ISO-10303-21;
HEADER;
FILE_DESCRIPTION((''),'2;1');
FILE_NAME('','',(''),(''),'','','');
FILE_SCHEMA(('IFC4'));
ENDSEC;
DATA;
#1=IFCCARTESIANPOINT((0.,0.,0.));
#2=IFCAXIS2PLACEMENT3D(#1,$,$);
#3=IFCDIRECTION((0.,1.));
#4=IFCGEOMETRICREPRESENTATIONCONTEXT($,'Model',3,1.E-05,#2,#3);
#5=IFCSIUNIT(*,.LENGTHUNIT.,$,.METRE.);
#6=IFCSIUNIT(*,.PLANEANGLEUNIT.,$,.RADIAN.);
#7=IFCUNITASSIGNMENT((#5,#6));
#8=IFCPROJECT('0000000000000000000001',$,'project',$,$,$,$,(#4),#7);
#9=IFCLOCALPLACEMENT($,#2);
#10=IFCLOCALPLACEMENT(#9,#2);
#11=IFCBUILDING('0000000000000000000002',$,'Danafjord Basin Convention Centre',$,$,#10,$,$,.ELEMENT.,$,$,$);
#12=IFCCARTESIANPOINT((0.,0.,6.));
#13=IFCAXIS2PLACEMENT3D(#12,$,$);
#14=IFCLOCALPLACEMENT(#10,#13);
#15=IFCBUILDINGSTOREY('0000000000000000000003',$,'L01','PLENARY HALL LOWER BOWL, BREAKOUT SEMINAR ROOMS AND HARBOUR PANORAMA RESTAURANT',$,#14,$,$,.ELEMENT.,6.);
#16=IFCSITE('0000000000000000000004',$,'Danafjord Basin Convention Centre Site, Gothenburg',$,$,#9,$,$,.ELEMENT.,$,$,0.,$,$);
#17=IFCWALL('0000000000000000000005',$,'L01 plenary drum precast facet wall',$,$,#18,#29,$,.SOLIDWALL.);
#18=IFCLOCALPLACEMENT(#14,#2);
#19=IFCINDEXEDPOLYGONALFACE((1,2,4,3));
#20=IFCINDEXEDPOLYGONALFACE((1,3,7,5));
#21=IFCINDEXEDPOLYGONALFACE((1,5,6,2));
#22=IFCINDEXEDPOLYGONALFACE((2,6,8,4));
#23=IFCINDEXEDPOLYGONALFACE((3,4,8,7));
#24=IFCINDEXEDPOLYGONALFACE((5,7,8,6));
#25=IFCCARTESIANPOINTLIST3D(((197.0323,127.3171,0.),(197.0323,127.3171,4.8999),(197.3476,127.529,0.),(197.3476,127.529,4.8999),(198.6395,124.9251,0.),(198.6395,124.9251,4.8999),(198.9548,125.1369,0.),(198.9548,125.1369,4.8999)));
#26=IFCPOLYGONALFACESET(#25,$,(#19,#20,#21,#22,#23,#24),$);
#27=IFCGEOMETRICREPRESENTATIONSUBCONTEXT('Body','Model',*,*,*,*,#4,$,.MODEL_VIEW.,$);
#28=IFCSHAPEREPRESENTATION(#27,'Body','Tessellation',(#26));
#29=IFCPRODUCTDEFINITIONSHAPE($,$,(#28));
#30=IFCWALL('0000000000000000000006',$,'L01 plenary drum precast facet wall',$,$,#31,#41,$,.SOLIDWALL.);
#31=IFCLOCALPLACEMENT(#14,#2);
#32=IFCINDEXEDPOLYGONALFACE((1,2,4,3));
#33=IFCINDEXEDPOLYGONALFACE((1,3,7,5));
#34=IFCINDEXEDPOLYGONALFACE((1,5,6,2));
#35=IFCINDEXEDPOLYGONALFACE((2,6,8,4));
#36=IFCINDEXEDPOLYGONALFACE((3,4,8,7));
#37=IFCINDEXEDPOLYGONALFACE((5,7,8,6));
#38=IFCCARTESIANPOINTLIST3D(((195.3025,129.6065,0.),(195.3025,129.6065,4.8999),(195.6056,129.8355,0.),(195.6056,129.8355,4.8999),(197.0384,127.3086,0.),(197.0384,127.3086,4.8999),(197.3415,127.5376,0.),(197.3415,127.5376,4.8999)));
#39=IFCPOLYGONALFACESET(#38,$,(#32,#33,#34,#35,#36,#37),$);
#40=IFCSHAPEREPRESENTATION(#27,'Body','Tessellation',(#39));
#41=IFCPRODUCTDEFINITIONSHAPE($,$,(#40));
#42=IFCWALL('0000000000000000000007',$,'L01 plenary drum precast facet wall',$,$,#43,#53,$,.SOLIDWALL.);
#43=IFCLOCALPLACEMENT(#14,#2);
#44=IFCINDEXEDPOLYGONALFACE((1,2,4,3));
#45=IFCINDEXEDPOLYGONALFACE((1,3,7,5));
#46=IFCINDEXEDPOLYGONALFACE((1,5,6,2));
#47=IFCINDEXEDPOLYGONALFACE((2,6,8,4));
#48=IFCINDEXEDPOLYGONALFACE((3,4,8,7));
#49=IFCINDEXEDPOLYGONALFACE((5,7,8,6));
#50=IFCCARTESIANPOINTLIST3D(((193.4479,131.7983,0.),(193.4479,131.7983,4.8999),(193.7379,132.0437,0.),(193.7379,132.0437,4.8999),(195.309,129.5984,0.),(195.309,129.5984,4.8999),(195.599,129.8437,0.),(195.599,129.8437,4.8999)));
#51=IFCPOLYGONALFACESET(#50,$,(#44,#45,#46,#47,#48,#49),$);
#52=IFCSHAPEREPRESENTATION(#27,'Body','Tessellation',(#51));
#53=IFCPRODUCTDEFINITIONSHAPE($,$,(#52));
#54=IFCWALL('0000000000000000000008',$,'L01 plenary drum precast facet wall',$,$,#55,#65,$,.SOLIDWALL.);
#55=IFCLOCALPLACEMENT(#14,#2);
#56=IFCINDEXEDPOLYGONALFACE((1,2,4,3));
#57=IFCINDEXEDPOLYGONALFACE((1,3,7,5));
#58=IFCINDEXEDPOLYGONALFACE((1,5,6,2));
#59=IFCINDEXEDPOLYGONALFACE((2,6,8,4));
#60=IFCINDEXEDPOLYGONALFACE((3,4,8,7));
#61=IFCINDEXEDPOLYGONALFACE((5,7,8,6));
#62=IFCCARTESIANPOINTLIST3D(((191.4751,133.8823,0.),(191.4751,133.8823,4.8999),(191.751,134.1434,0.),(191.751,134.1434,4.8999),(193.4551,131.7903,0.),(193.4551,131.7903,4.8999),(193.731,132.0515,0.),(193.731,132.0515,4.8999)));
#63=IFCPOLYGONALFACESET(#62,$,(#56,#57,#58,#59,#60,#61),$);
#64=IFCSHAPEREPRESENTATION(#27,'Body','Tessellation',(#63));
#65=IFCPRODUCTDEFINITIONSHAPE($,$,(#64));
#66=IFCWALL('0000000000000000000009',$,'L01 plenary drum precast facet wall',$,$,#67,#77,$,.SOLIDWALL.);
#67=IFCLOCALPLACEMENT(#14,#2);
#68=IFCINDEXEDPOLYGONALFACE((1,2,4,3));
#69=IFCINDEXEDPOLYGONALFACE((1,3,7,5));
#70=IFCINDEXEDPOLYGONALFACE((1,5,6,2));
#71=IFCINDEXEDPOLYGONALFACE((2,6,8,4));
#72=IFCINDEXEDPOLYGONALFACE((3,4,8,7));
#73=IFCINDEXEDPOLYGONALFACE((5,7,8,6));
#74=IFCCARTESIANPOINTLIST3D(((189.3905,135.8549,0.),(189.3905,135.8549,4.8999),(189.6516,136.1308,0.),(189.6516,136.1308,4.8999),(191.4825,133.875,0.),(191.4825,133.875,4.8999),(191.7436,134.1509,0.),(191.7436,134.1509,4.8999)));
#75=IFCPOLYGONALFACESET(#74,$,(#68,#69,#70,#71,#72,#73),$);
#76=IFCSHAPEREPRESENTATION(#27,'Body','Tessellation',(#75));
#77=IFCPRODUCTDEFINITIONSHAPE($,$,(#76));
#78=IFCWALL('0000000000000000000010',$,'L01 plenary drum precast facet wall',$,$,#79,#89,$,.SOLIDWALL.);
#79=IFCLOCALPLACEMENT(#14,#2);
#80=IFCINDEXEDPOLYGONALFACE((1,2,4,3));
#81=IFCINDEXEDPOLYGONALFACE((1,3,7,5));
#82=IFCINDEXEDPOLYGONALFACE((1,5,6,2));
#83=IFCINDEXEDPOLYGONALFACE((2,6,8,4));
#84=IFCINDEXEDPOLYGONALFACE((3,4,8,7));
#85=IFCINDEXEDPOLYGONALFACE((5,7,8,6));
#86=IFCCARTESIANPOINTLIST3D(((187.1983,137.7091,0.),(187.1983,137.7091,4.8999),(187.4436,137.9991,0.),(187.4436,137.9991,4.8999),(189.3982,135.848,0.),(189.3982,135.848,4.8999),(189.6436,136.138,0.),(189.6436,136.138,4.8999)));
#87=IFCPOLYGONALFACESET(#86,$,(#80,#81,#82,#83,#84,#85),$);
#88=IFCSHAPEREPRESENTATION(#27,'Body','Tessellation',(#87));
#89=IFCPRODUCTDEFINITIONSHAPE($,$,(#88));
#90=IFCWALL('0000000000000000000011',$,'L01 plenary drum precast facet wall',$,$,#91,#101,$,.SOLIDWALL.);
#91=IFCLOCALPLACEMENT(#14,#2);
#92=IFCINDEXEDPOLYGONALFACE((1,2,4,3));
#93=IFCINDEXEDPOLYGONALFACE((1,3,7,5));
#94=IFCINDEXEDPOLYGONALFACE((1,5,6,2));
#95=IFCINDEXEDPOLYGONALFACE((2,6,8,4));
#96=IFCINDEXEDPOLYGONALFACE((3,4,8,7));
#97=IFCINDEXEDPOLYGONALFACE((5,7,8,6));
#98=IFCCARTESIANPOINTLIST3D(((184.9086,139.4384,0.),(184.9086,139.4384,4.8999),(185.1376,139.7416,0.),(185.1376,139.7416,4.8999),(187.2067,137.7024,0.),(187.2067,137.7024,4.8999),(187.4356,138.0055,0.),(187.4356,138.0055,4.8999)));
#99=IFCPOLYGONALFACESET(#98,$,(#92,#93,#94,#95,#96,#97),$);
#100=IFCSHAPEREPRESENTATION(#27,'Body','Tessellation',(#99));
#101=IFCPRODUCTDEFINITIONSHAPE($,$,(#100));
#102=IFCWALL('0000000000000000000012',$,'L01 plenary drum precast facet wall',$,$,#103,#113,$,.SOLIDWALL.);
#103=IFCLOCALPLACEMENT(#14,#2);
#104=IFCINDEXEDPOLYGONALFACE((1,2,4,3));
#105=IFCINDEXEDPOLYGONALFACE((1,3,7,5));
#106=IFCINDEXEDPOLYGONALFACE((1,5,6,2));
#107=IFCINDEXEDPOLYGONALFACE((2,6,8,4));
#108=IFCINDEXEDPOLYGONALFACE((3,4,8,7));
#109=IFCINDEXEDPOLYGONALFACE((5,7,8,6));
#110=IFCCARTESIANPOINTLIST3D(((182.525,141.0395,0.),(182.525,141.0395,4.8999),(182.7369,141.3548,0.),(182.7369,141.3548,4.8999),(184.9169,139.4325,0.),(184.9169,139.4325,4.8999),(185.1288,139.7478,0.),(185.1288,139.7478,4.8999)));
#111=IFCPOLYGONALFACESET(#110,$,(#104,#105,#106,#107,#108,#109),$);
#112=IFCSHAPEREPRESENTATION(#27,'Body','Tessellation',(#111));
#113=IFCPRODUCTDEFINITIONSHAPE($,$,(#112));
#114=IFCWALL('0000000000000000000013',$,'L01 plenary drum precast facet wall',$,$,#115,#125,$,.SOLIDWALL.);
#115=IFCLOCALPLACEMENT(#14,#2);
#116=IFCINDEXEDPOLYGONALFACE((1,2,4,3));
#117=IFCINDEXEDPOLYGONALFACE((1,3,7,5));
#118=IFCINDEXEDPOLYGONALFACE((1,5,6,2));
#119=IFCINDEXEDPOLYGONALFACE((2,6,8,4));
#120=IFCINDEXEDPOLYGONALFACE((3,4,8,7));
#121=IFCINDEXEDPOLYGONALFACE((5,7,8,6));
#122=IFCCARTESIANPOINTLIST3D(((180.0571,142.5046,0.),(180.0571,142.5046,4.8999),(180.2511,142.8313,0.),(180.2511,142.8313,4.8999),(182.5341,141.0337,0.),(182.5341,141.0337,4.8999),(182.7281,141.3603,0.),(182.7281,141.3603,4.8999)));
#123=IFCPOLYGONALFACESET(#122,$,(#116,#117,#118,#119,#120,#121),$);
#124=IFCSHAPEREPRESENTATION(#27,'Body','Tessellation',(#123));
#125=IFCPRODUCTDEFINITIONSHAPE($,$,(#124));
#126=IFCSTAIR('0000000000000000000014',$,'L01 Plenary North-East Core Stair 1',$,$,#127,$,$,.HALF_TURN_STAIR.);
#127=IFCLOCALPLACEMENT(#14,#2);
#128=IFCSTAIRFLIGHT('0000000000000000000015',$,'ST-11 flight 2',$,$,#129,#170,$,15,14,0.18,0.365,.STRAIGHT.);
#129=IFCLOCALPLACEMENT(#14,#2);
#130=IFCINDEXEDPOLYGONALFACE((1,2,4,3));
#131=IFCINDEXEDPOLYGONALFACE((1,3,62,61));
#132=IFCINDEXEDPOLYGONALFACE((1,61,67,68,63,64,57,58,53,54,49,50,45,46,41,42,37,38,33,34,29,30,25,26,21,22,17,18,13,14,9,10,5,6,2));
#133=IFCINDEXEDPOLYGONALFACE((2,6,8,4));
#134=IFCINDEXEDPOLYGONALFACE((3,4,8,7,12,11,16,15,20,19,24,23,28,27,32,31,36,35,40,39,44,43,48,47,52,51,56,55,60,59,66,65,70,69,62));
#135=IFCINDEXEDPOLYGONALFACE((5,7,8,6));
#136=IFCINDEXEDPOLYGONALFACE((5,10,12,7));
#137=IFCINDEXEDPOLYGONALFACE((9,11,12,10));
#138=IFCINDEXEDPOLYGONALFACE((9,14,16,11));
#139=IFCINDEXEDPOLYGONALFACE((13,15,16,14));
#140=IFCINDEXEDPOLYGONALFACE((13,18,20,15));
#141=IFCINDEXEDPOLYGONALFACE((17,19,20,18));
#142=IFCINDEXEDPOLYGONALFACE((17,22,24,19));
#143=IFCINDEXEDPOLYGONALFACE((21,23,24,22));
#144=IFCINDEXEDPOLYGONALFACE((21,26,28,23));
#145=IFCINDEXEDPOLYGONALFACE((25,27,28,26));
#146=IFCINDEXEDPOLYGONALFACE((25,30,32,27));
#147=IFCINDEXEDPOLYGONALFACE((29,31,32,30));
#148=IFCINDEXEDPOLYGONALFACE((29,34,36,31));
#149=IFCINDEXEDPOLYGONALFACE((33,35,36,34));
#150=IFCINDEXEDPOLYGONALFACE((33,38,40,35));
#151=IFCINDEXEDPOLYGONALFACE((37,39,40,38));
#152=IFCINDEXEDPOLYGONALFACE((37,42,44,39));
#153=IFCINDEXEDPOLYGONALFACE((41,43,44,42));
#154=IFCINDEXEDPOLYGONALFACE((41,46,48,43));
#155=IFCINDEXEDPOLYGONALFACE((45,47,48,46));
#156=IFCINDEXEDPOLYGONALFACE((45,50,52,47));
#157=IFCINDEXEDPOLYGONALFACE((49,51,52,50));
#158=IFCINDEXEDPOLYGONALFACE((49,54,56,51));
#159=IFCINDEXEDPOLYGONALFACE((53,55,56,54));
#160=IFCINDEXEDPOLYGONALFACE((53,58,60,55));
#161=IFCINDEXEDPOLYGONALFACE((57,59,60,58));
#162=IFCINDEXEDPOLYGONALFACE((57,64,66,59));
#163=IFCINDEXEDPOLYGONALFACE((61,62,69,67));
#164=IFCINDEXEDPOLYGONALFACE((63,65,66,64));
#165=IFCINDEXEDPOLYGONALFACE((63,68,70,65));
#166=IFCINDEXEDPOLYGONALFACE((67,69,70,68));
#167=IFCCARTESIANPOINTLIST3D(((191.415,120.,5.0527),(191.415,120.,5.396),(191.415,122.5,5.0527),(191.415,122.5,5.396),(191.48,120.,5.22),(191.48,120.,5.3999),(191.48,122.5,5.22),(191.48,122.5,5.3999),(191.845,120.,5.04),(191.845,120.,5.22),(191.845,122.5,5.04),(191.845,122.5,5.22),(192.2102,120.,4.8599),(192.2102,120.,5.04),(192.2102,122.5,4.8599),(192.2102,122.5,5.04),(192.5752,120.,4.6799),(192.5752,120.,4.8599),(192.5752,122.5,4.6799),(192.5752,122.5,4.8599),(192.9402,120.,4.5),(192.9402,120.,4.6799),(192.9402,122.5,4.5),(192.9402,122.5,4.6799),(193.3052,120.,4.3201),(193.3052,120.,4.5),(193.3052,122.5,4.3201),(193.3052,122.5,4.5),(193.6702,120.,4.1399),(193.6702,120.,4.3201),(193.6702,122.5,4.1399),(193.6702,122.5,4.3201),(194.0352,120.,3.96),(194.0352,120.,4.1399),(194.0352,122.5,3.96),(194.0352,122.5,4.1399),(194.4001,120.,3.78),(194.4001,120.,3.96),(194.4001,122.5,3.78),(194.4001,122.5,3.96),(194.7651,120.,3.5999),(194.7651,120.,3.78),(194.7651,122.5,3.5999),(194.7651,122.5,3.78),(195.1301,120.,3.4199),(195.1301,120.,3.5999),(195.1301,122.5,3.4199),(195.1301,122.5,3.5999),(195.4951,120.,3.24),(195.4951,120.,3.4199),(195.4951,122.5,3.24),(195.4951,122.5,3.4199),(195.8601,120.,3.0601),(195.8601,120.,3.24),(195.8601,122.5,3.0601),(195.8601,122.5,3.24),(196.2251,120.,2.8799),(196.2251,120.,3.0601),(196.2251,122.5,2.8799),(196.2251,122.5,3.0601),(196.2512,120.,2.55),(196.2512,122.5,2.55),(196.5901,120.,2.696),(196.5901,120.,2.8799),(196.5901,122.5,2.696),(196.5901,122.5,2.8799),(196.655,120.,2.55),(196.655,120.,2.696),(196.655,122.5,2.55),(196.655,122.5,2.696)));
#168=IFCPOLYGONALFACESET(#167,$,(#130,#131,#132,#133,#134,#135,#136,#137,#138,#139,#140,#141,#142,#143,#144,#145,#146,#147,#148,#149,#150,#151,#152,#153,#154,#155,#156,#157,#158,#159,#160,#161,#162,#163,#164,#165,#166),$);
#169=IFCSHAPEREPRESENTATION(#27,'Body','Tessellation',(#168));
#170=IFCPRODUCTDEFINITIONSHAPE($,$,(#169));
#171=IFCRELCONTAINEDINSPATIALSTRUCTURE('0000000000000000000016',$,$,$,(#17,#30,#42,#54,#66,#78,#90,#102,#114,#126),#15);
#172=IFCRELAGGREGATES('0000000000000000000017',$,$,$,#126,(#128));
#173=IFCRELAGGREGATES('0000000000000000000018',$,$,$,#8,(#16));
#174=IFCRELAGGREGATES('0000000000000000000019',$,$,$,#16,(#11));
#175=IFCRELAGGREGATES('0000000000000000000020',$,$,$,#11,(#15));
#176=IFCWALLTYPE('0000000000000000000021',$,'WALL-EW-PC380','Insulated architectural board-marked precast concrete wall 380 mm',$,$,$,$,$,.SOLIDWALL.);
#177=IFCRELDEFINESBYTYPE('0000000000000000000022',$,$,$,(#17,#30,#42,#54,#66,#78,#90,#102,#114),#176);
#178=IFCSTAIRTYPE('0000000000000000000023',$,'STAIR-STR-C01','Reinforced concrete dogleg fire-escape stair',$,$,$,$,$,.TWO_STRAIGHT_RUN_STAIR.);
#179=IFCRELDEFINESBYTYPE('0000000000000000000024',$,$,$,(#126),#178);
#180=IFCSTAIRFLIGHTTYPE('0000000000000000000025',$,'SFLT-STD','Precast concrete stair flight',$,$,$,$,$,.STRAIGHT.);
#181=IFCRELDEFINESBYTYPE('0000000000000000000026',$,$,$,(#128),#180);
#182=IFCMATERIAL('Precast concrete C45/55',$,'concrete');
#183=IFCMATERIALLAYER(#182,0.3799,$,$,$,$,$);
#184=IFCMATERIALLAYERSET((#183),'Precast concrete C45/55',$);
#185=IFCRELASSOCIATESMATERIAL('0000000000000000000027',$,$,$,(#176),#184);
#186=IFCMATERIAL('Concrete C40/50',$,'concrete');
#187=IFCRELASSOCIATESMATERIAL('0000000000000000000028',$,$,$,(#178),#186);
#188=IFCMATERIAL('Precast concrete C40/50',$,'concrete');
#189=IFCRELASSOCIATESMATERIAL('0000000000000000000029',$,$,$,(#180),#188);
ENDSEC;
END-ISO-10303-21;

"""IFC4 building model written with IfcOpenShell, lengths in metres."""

from ifc_helpers import new_model, si_unit, direction, frame, frame_2d, origin, place, context, subcontext, project, spatial, polyline, rectangle, outline, extrude, material, layer, layer_set, type_object, element, aggregate, save


model = new_model("IFC4")

# Units and contexts
model_context = context("Model", 3, precision=1e-05, world=origin(), true_north=direction((0.0, 1.0)))
body_context = subcontext(model_context, "Body", "Model", "MODEL_VIEW")
ifc_project = project(units=[si_unit("LENGTHUNIT", "METRE"), si_unit("PLANEANGLEUNIT", "RADIAN")], contexts=[model_context])

# Site, building, storey
site_placement = place(None, origin())
site = spatial("IfcSite", under=ifc_project, at=site_placement, Name="Danafjord Basin Convention Centre Site, Gothenburg", CompositionType="ELEMENT", RefElevation=0.0)
building_placement = place(site_placement, origin())
building = spatial("IfcBuilding", under=site, at=building_placement, Name="Danafjord Basin Convention Centre", CompositionType="ELEMENT")
storey_placement = place(building_placement, frame((0.0, 0.0, 6.0)))
storey = spatial("IfcBuildingStorey", under=building, at=storey_placement, Name="L01", Description="PLENARY HALL LOWER BOWL, BREAKOUT SEMINAR ROOMS AND HARBOUR PANORAMA RESTAURANT", CompositionType="ELEMENT", Elevation=6.0)

# Shared definitions
ifc_material_1 = material(Name="Precast concrete C45/55", Category="concrete")

# Shared definitions
ifc_material_2 = material(Name="Concrete C40/50", Category="concrete")

# Walls
ifc_layer_1 = layer(ifc_material_1, 0.3799)
ifc_layer_set_1 = layer_set([ifc_layer_1], Name="Precast concrete C45/55")
wall_type_1 = type_object("IfcWallType", Name="WALL-EW-PC380", Description="Insulated architectural board-marked precast concrete wall 380 mm", PredefinedType="SOLIDWALL", material=ifc_layer_set_1)
wall_1_placement = place(storey_placement, frame((198.7971, 125.031, 0.0), z_axis=(0.0, 0.0, 1.0), x_axis=(-0.557688, 0.830051, 0.0)))
element("IfcWall", 1, at=wall_1_placement, inside=storey, type_object=wall_type_1, Name="L01 plenary drum precast facet wall", PredefinedType="SOLIDWALL", context=body_context, shape_type="SweptSolid", body=[
    extrude(rectangle(XDim=2.8818, YDim=0.3799, at=frame_2d((1.4409, 0.0))), origin(), (0.0, 0.0, 1.0), 4.8999),
])
wall_2_placement = place(storey_placement, frame((197.1899, 127.4231, 0.0), z_axis=(0.0, 0.0, 1.0), x_axis=(-0.602764, 0.79792, 0.0)))
element("IfcWall", 2, at=wall_2_placement, inside=storey, type_object=wall_type_1, Name="L01 plenary drum precast facet wall", PredefinedType="SOLIDWALL", context=body_context, shape_type="SweptSolid", body=[
    extrude(rectangle(XDim=2.8799, YDim=0.3799, at=frame_2d((1.4399, 0.0))), origin(), (0.0, 0.0, 1.0), 4.8999),
])
wall_3_placement = place(storey_placement, frame((195.4541, 129.7209, 0.0), z_axis=(0.0, 0.0, 1.0), x_axis=(-0.645859, 0.763457, 0.0)))
element("IfcWall", 3, at=wall_3_placement, inside=storey, type_object=wall_type_1, Name="L01 plenary drum precast facet wall", PredefinedType="SOLIDWALL", context=body_context, shape_type="SweptSolid", body=[
    extrude(rectangle(XDim=2.8816, YDim=0.3799, at=frame_2d((1.4409, 0.0))), origin(), (0.0, 0.0, 1.0), 4.8999),
])
for number, where, z_axis, x_axis, name in (
    (4, (193.593, 131.9209, 0.0), (0.0, 0.0, 1.0), (-0.687387, 0.726291, 0.0), "L01 plenary drum precast facet wall"),
    (5, (191.613, 134.0129, 0.0), (0.0, 0.0, 1.0), (-0.726291, 0.687387, 0.0), "L01 plenary drum precast facet wall"),
):
    element("IfcWall", number, at=place(storey_placement, frame(where, z_axis=z_axis, x_axis=x_axis)), inside=storey, type_object=wall_type_1, Name=name, PredefinedType="SOLIDWALL", context=body_context, shape_type="SweptSolid", body=[
        extrude(rectangle(XDim=2.8804, YDim=0.3799, at=frame_2d((1.4402, 0.0))), origin(), (0.0, 0.0, 1.0), 4.8999),
    ])
wall_4_placement = place(storey_placement, frame((189.521, 135.9929, 0.0), z_axis=(0.0, 0.0, 1.0), x_axis=(-0.763457, 0.645859, 0.0)))
element("IfcWall", 6, at=wall_4_placement, inside=storey, type_object=wall_type_1, Name="L01 plenary drum precast facet wall", PredefinedType="SOLIDWALL", context=body_context, shape_type="SweptSolid", body=[
    extrude(rectangle(XDim=2.8816, YDim=0.3799, at=frame_2d((1.4409, 0.0))), origin(), (0.0, 0.0, 1.0), 4.8999),
])
wall_5_placement = place(storey_placement, frame((187.321, 137.854, 0.0), z_axis=(0.0, 0.0, 1.0), x_axis=(-0.79791, 0.602777, 0.0)))
element("IfcWall", 7, at=wall_5_placement, inside=storey, type_object=wall_type_1, Name="L01 plenary drum precast facet wall", PredefinedType="SOLIDWALL", context=body_context, shape_type="SweptSolid", body=[
    extrude(rectangle(XDim=2.8801, YDim=0.3799, at=frame_2d((1.4399, 0.0))), origin(), (0.0, 0.0, 1.0), 4.8999),
])
wall_6_placement = place(storey_placement, frame((185.0229, 139.5901, 0.0), z_axis=(0.0, 0.0, 1.0), x_axis=(-0.830064, 0.557669, 0.0)))
element("IfcWall", 8, at=wall_6_placement, inside=storey, type_object=wall_type_1, Name="L01 plenary drum precast facet wall", PredefinedType="SOLIDWALL", context=body_context, shape_type="SweptSolid", body=[
    extrude(rectangle(XDim=2.8816, YDim=0.3799, at=frame_2d((1.4409, 0.0))), origin(), (0.0, 0.0, 1.0), 4.8999),
])
wall_7_placement = place(storey_placement, frame((182.6311, 141.197, 0.0), z_axis=(0.0, 0.0, 1.0), x_axis=(-0.859825, 0.51059, 0.0)))
element("IfcWall", 9, at=wall_7_placement, inside=storey, type_object=wall_type_1, Name="L01 plenary drum precast facet wall", PredefinedType="SOLIDWALL", context=body_context, shape_type="SweptSolid", body=[
    extrude(rectangle(XDim=2.8809, YDim=0.3799, at=frame_2d((1.4404, 0.0))), origin(), (0.0, 0.0, 1.0), 4.8999),
])

# Stair, stair flight
stair_type = type_object("IfcStairType", Name="STAIR-STR-C01", Description="Reinforced concrete dogleg fire-escape stair", PredefinedType="TWO_STRAIGHT_RUN_STAIR", material=ifc_material_2)
stair_placement = place(storey_placement, origin())
stair = element("IfcStair", 10, at=stair_placement, inside=storey, type_object=stair_type, Name="L01 Plenary North-East Core Stair 1", PredefinedType="HALF_TURN_STAIR")
ifc_material_3 = material(Name="Precast concrete C40/50", Category="concrete")
stair_flight_type = type_object("IfcStairFlightType", Name="SFLT-STD", Description="Precast concrete stair flight", PredefinedType="STRAIGHT", material=ifc_material_3)
stair_flight_placement = place(storey_placement, frame((196.5901, 121.25, 2.7), z_axis=(0.0, 0.0, 1.0), x_axis=(-1.0, 0.0, 0.0)))
stair_flight = element("IfcStairFlight", 11, at=stair_flight_placement, type_object=stair_flight_type, Name="ST-11 flight 2", NumberOfRisers=15, NumberOfTreads=14, PredefinedType="STRAIGHT", RiserHeight=0.18, TreadLength=0.365, context=body_context, shape_type="SweptSolid", body=[
    extrude(outline(polyline([(-0.0649, -0.1499), (-0.0649, -0.0039), (0.0, -0.0039), (0.0, 0.1799), (0.365, 0.1799), (0.365, 0.3601), (0.73, 0.3601), (0.73, 0.54), (1.095, 0.54), (1.095, 0.72), (1.46, 0.72), (1.46, 0.8999), (1.825, 0.8999), (1.825, 1.0801), (2.1899, 1.0801), (2.1899, 1.26), (2.5549, 1.26), (2.5549, 1.4399), (2.9199, 1.4399), (2.9199, 1.6201), (3.2849, 1.6201), (3.2849, 1.8), (3.6499, 1.8), (3.6499, 1.98), (4.0149, 1.98), (4.0149, 2.1599), (4.3799, 2.1599), (4.3799, 2.3401), (4.7451, 2.3401), (4.7451, 2.52), (5.1101, 2.52), (5.1101, 2.7), (5.175, 2.696), (5.175, 2.3528), (0.3389, -0.1499), (-0.0649, -0.1499)])), frame((0.0, 1.25, 0.0), z_axis=(0.0, -1.0, 0.0), x_axis=(1.0, 0.0, 0.0)), (0.0, 0.0, 1.0), 2.5),
])
aggregate(stair, [stair_flight])

save(model, "model.ifc")
